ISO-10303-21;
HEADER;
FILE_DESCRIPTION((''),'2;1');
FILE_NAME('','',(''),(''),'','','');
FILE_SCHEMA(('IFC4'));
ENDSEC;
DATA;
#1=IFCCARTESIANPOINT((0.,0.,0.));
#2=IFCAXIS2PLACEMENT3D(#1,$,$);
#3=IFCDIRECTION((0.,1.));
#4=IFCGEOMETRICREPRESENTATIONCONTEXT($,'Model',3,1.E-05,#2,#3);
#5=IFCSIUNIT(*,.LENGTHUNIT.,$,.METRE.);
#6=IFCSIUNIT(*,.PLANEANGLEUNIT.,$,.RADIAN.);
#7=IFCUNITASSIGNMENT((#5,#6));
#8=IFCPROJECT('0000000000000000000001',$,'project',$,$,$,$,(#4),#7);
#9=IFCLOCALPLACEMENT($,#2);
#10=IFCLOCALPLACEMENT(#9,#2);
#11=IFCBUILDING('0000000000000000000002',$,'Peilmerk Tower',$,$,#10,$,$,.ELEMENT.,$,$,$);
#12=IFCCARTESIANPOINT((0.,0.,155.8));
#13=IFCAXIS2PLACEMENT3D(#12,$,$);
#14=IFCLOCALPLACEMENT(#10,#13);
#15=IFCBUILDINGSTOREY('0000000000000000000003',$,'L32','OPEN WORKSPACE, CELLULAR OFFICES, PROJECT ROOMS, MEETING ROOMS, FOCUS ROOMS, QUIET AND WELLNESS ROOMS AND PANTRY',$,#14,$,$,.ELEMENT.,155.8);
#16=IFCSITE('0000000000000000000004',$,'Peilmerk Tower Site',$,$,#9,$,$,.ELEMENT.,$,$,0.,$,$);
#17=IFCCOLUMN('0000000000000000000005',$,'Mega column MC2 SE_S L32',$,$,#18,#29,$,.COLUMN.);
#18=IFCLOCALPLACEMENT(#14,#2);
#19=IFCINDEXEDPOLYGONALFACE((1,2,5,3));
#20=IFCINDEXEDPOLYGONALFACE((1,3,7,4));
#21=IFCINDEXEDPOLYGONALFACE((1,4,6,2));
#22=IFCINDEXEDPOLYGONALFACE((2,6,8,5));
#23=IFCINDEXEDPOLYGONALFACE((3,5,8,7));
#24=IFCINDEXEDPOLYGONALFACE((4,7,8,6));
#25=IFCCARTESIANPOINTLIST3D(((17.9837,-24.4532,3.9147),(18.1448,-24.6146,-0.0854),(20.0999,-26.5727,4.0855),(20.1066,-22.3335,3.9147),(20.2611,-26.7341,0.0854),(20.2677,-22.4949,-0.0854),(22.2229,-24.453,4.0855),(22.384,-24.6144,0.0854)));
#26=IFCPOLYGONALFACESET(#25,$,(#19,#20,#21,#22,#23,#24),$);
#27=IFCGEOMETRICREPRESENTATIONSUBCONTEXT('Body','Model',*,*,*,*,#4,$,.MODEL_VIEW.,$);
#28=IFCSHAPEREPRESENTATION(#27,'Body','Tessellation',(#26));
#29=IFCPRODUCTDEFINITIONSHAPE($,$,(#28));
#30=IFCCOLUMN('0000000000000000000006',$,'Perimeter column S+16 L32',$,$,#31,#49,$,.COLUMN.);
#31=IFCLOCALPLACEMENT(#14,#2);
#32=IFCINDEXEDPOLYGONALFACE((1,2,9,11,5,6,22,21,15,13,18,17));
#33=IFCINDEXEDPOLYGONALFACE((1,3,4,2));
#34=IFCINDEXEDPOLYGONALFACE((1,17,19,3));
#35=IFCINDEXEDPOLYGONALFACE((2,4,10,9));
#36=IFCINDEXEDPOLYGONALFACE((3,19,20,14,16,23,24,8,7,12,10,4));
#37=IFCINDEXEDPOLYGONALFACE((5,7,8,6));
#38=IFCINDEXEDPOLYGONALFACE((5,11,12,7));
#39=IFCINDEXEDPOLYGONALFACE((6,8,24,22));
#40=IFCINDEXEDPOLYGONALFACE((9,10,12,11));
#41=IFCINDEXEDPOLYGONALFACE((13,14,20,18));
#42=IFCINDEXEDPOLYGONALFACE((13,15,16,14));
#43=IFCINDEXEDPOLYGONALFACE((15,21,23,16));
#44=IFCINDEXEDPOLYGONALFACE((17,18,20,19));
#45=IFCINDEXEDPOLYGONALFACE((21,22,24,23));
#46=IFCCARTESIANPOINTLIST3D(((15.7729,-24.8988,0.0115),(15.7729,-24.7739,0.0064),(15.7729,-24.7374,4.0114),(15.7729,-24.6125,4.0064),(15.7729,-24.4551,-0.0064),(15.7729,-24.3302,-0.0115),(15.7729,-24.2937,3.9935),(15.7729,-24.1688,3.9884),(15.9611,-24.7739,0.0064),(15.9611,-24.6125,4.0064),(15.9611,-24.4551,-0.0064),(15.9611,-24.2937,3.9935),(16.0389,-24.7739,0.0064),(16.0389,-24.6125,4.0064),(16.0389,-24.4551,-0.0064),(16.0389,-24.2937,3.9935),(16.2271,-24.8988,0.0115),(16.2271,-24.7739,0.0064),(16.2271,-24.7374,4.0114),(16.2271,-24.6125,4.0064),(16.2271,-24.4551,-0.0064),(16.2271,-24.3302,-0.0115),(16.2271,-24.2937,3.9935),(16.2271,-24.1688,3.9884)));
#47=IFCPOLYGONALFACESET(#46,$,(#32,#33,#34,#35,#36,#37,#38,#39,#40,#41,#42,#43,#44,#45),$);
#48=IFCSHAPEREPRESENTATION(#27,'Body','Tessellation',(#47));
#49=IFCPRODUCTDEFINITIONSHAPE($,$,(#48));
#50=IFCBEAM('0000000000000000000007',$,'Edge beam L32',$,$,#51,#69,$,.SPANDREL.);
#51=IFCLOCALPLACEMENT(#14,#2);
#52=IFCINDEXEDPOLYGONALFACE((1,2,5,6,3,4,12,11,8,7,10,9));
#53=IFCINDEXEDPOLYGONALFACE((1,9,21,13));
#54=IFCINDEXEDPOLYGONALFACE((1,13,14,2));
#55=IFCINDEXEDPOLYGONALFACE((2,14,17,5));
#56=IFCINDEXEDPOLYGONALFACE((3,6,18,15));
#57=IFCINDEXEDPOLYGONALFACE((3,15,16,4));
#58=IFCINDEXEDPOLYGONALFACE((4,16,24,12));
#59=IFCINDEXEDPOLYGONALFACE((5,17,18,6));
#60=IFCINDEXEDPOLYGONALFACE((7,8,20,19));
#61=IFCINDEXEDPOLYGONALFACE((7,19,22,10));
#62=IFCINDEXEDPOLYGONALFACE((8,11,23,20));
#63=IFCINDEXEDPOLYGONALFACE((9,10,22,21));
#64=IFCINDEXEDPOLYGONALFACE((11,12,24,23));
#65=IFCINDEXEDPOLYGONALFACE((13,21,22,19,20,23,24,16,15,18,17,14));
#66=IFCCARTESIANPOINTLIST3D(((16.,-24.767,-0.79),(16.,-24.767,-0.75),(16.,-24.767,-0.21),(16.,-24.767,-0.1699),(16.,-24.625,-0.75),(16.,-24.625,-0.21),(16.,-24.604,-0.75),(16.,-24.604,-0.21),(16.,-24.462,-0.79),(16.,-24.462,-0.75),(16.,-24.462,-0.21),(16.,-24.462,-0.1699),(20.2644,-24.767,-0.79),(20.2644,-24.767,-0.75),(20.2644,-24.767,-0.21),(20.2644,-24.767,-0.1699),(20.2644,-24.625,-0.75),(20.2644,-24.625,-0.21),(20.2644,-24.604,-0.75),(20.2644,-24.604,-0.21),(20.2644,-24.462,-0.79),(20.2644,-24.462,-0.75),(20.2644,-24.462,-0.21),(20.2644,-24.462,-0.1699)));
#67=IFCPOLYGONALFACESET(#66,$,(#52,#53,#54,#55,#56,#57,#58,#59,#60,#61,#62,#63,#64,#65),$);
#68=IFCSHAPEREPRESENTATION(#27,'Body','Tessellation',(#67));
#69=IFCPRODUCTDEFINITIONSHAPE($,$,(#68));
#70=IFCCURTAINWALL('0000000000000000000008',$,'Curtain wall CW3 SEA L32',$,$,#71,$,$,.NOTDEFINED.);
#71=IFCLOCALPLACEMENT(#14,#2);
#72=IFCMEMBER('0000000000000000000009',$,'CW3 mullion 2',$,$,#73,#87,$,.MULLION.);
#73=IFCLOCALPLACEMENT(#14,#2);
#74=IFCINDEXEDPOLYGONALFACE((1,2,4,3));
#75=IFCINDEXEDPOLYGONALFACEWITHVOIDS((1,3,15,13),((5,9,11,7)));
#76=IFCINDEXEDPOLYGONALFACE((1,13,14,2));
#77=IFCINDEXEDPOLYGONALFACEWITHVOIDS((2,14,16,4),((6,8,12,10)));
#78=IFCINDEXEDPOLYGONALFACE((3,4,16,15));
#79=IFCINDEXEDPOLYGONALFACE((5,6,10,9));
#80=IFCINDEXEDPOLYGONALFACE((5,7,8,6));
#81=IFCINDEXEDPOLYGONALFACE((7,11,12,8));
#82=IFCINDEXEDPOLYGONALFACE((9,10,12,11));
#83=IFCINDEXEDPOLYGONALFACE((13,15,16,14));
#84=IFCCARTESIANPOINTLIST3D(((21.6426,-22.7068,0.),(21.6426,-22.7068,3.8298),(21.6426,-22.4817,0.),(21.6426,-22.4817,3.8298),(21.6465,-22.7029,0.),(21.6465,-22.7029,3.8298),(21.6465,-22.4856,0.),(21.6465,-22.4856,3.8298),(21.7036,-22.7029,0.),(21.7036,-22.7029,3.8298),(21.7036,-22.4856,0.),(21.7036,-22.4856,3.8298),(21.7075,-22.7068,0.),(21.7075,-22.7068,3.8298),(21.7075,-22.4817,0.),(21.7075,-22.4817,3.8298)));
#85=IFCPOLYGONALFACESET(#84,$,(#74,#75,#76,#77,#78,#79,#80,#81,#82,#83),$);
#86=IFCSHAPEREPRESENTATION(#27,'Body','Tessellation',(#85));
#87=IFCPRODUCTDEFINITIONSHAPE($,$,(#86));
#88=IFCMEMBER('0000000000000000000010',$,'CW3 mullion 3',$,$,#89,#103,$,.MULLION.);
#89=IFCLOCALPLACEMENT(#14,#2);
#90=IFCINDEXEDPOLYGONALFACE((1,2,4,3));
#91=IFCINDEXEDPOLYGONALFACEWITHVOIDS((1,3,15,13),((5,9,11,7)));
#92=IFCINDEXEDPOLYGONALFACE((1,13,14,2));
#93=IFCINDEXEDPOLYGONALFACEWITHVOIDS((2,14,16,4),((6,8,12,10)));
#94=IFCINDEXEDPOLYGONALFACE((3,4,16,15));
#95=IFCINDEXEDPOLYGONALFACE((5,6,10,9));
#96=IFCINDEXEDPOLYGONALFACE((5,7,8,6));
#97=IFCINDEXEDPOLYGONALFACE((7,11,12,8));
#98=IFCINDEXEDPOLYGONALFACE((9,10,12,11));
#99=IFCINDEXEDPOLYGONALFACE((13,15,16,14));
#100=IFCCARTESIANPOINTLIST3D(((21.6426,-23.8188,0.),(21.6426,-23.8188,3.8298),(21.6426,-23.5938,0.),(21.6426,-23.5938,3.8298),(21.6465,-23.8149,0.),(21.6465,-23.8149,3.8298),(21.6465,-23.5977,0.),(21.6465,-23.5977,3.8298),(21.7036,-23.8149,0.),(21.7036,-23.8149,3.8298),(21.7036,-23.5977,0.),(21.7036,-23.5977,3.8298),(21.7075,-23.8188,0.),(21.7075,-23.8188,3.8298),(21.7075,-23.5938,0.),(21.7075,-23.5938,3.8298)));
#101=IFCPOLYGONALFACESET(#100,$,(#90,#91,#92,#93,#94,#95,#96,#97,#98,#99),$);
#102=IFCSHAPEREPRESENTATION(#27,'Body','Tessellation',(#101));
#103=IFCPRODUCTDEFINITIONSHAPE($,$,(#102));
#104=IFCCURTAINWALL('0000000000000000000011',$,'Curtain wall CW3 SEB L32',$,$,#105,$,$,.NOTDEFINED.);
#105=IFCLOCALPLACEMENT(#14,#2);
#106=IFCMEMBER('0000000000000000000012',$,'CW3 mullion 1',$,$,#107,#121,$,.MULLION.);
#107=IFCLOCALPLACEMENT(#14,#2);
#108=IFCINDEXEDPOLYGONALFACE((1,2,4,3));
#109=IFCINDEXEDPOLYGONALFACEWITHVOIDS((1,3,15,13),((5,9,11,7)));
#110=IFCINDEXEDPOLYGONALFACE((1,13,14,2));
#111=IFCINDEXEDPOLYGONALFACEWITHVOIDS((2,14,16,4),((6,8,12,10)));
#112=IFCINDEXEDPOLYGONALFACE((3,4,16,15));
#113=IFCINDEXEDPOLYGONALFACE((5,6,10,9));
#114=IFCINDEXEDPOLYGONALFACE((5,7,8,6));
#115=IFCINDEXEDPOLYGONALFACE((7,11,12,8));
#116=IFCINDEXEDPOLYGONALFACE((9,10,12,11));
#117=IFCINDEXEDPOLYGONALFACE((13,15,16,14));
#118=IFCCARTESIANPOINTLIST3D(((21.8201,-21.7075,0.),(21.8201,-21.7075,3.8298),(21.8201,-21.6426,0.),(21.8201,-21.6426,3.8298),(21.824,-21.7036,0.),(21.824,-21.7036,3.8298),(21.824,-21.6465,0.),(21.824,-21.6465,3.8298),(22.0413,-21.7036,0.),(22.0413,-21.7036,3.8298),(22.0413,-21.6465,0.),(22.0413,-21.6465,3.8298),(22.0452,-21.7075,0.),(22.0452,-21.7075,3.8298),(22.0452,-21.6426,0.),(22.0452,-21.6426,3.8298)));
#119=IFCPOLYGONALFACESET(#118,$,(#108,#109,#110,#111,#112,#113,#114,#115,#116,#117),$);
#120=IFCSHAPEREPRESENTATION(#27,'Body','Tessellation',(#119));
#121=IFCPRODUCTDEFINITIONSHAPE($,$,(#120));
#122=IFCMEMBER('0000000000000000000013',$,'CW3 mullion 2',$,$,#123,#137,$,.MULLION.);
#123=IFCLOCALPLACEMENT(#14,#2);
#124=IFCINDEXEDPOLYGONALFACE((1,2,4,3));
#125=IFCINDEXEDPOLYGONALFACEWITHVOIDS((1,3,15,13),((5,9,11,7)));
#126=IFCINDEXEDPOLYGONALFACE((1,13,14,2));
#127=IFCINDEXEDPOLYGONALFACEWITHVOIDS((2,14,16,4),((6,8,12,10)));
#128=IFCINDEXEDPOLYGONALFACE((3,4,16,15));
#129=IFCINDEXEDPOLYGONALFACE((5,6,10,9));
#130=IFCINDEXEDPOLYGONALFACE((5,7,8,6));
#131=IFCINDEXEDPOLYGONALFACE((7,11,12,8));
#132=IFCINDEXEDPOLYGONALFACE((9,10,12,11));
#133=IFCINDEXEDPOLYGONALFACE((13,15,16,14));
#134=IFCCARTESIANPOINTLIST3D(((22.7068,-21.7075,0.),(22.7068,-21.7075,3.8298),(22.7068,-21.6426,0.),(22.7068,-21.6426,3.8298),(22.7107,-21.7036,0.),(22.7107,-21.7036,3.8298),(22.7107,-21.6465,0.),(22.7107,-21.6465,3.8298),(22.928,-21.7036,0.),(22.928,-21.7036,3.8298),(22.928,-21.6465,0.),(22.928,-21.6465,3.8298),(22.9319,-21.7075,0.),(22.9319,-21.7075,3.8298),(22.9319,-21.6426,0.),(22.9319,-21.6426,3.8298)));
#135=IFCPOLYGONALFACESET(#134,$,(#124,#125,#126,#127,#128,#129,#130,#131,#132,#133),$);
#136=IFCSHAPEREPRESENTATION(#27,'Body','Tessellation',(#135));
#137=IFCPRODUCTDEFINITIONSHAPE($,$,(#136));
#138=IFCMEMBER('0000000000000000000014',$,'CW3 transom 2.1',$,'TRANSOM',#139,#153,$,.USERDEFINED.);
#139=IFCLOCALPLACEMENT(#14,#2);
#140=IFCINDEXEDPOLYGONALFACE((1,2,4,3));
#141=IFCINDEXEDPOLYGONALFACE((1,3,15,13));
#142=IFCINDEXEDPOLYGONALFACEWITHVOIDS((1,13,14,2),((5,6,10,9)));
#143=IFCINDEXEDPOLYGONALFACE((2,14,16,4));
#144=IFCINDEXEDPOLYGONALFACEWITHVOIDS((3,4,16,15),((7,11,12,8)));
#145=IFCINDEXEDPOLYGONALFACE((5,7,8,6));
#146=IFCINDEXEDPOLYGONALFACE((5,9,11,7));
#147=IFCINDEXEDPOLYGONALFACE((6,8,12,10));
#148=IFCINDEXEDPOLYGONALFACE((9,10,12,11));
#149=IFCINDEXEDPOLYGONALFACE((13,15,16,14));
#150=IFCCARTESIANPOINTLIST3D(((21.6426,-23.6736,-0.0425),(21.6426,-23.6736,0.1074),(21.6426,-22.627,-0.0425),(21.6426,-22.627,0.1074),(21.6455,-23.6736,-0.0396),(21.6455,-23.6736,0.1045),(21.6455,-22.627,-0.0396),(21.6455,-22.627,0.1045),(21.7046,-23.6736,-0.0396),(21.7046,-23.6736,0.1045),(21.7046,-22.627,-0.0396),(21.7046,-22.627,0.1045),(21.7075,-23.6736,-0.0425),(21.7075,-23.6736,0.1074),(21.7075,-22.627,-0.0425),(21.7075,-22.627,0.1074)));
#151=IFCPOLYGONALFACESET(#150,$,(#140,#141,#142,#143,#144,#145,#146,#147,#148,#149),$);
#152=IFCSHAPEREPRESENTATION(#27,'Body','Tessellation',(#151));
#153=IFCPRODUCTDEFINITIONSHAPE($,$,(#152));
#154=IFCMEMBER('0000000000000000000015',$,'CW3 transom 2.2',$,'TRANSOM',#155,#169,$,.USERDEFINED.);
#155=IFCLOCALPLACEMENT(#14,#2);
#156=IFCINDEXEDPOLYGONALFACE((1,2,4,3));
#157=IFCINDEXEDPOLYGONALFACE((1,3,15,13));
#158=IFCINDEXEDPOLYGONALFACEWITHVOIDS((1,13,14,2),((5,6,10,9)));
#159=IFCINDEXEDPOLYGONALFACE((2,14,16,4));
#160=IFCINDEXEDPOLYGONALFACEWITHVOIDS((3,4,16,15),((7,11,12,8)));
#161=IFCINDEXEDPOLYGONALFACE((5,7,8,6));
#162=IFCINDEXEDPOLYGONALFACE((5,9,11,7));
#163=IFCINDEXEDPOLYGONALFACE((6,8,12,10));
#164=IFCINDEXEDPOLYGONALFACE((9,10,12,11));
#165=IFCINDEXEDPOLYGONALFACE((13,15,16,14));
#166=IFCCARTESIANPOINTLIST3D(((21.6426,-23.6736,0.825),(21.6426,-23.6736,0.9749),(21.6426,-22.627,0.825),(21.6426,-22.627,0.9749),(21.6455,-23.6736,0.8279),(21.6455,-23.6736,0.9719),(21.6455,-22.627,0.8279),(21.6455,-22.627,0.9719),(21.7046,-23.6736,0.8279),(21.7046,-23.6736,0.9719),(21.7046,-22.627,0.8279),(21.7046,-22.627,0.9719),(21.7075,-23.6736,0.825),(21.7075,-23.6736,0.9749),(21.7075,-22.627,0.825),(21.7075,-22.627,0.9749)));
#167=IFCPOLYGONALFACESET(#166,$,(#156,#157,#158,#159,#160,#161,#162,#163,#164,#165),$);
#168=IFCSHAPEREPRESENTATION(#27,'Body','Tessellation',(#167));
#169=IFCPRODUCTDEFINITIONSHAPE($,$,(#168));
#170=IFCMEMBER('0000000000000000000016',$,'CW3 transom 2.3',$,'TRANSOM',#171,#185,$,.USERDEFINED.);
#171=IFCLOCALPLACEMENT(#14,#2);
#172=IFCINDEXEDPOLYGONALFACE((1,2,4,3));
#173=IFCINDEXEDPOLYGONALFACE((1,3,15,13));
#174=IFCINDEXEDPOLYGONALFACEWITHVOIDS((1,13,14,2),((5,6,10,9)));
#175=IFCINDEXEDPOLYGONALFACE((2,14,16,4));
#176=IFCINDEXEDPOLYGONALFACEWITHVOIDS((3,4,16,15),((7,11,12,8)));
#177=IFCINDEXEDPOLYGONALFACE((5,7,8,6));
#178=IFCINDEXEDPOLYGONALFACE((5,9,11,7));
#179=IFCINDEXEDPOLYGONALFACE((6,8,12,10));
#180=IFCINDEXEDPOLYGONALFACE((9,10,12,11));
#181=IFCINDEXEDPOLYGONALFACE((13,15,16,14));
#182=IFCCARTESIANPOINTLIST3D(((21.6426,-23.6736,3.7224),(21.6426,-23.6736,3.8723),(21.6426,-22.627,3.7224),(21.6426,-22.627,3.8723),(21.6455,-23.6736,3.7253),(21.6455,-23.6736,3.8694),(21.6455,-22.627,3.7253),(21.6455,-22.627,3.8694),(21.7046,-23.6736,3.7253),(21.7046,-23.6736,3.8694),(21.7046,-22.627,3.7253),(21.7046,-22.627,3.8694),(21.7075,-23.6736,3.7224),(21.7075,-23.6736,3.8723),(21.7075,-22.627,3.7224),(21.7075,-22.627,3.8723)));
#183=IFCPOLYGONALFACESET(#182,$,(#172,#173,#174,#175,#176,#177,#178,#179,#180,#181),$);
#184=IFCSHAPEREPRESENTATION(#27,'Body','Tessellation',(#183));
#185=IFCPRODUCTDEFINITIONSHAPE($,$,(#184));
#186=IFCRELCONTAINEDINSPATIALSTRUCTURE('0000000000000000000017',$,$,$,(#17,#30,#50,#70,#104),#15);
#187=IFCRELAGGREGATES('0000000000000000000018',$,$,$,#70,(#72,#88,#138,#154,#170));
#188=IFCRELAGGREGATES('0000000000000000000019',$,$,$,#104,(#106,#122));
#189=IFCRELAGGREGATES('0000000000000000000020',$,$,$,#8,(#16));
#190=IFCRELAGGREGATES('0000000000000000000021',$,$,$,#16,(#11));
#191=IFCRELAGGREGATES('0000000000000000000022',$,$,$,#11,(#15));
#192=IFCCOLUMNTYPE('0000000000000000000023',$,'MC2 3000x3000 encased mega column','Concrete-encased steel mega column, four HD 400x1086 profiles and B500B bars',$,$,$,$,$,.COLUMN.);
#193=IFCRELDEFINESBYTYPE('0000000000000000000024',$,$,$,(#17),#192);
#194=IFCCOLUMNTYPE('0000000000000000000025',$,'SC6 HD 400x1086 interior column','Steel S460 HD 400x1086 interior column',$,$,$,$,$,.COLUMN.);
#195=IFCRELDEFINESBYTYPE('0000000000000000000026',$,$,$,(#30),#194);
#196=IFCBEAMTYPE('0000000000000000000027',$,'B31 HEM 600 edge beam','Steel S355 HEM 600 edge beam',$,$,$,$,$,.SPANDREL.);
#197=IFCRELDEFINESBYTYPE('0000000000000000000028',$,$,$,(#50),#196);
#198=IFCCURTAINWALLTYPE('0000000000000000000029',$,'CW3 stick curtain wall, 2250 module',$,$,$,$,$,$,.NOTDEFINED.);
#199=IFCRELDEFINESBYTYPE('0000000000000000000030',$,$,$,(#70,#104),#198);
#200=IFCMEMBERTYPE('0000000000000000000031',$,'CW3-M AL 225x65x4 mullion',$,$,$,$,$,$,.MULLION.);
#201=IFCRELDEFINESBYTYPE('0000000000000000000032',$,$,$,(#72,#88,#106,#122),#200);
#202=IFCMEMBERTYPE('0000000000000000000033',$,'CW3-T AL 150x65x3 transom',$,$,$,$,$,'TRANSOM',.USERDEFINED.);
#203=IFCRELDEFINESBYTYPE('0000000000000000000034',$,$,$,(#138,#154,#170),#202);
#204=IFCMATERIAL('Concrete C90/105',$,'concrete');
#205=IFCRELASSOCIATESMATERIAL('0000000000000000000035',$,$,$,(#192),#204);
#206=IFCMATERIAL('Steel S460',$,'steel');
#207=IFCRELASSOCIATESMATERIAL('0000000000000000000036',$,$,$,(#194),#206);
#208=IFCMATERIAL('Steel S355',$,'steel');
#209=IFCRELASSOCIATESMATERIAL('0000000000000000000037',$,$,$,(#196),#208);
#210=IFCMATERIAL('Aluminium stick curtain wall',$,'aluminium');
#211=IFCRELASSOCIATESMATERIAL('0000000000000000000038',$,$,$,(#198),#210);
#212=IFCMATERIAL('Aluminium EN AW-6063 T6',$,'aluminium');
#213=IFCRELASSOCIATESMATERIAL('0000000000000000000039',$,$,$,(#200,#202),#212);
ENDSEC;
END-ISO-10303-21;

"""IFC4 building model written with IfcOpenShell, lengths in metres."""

from ifc_helpers import new_model, si_unit, direction, frame, origin, origin_2d, place, context, subcontext, project, spatial, rectangle, hollow_rectangle, i_section, extrude, material, material_profile, profile_set, type_object, element, aggregate, save


model = new_model("IFC4")

# Units and contexts
model_context = context("Model", 3, precision=1e-05, world=origin(), true_north=direction((0.0, 1.0)))
body_context = subcontext(model_context, "Body", "Model", "MODEL_VIEW")
ifc_project = project(units=[si_unit("LENGTHUNIT", "METRE"), si_unit("PLANEANGLEUNIT", "RADIAN")], contexts=[model_context])

# Site, building, storey
site_placement = place(None, origin())
site = spatial("IfcSite", under=ifc_project, at=site_placement, Name="Peilmerk Tower Site", CompositionType="ELEMENT", RefElevation=0.0)
building_placement = place(site_placement, origin())
building = spatial("IfcBuilding", under=site, at=building_placement, Name="Peilmerk Tower", CompositionType="ELEMENT")
storey_placement = place(building_placement, frame((0.0, 0.0, 155.8)))
storey = spatial("IfcBuildingStorey", under=building, at=storey_placement, Name="L32", Description="OPEN WORKSPACE, CELLULAR OFFICES, PROJECT ROOMS, MEETING ROOMS, FOCUS ROOMS, QUIET AND WELLNESS ROOMS AND PANTRY", CompositionType="ELEMENT", Elevation=155.8)

# Columns
ifc_material_1 = material(Name="Concrete C90/105", Category="concrete")
ifc_material_profile_1 = material_profile(ifc_material_1, rectangle(XDim=3.0, YDim=3.0, at=origin_2d()), Name="RC 3000x3000")
ifc_profile_set_1 = profile_set([ifc_material_profile_1], Name="Concrete C90/105")
column_type_1 = type_object("IfcColumnType", Name="MC2 3000x3000 encased mega column", Description="Concrete-encased steel mega column, four HD 400x1086 profiles and B500B bars", PredefinedType="COLUMN", material=ifc_profile_set_1)
column_1_placement = place(storey_placement, frame((20.2644, -24.6145, 0.0), z_axis=(-0.040218, 0.040279, 0.998379), x_axis=(-0.707642, -0.706571, 0.0)))
element("IfcColumn", 1, at=column_1_placement, inside=storey, type_object=column_type_1, Name="Mega column MC2 SE_S L32", PredefinedType="COLUMN", context=body_context, shape_type="SweptSolid", body=[
    extrude(rectangle(XDim=3.0, YDim=3.0, at=origin_2d()), origin(), (0.0, 0.0, 1.0), 4.0066),
])
ifc_material_2 = material(Name="Steel S460", Category="steel")
ifc_material_profile_2 = material_profile(ifc_material_2, i_section(OverallWidth=0.4541, OverallDepth=0.5691, WebThickness=0.0779, FlangeThickness=0.125, at=origin_2d()), Name="HD 400x1086")
ifc_profile_set_2 = profile_set([ifc_material_profile_2], Name="Steel S460")
column_type_2 = type_object("IfcColumnType", Name="SC6 HD 400x1086 interior column", Description="Steel S460 HD 400x1086 interior column", PredefinedType="COLUMN", material=ifc_profile_set_2)
column_2_placement = place(storey_placement, frame((16.0, -24.6145, 0.0), z_axis=(0.0, 0.040311, 0.999187), x_axis=(-1.0, 0.0, 0.0)))
element("IfcColumn", 2, at=column_2_placement, inside=storey, type_object=column_type_2, Name="Perimeter column S+16 L32", PredefinedType="COLUMN", context=body_context, shape_type="SweptSolid", body=[
    extrude(i_section(OverallWidth=0.4541, OverallDepth=0.5691, WebThickness=0.0779, FlangeThickness=0.125, at=origin_2d()), origin(), (0.0, 0.0, 1.0), 4.0032),
])

# Beam
ifc_material_3 = material(Name="Steel S355", Category="steel")
ifc_material_profile_3 = material_profile(ifc_material_3, i_section(OverallWidth=0.3049, OverallDepth=0.6201, WebThickness=0.021, FlangeThickness=0.04, at=origin_2d()), Name="HEM 600")
ifc_profile_set_3 = profile_set([ifc_material_profile_3], Name="Steel S355")
beam_type = type_object("IfcBeamType", Name="B31 HEM 600 edge beam", Description="Steel S355 HEM 600 edge beam", PredefinedType="SPANDREL", material=ifc_profile_set_3)
beam_placement = place(storey_placement, frame((16.0, -24.6145, -0.48), z_axis=(1.0, 0.0, 0.0), x_axis=(0.0, 1.0, 0.0)))
element("IfcBeam", 3, at=beam_placement, inside=storey, type_object=beam_type, Name="Edge beam L32", PredefinedType="SPANDREL", context=body_context, shape_type="SweptSolid", body=[
    extrude(i_section(OverallWidth=0.3049, OverallDepth=0.6201, WebThickness=0.021, FlangeThickness=0.04, at=origin_2d()), origin(), (0.0, 0.0, 1.0), 4.2644),
])

# Curtain walls, members
ifc_material_4 = material(Name="Aluminium stick curtain wall", Category="aluminium")
curtain_wall_type = type_object("IfcCurtainWallType", Name="CW3 stick curtain wall, 2250 module", PredefinedType="NOTDEFINED", material=ifc_material_4)
curtain_wall_1_placement = place(storey_placement, origin())
curtain_wall_1 = element("IfcCurtainWall", 4, at=curtain_wall_1_placement, inside=storey, type_object=curtain_wall_type, Name="Curtain wall CW3 SEA L32", PredefinedType="NOTDEFINED")
ifc_material_5 = material(Name="Aluminium EN AW-6063 T6", Category="aluminium")
ifc_material_profile_4 = material_profile(ifc_material_5, hollow_rectangle(XDim=0.0649, YDim=0.2251, WallThickness=0.0039, at=origin_2d()), Name="AL 225x65x4")
ifc_profile_set_4 = profile_set([ifc_material_profile_4], Name="Aluminium EN AW-6063 T6")
member_type_1 = type_object("IfcMemberType", Name="CW3-M AL 225x65x4 mullion", PredefinedType="MULLION", material=ifc_profile_set_4)
member_1_placement = place(storey_placement, frame((21.675, -22.5942, 0.0), z_axis=(0.0, 0.0, 1.0), x_axis=(1.0, 0.0, 0.0)))
member_1 = element("IfcMember", 5, at=member_1_placement, type_object=member_type_1, Name="CW3 mullion 2", PredefinedType="MULLION", context=body_context, shape_type="SweptSolid", body=[
    extrude(hollow_rectangle(XDim=0.0649, YDim=0.2251, WallThickness=0.0039, at=origin_2d()), origin(), (0.0, 0.0, 1.0), 3.8298),
])
member_2_placement = place(storey_placement, frame((21.675, -23.7063, 0.0), z_axis=(0.0, 0.0, 1.0), x_axis=(1.0, 0.0, 0.0)))
member_2 = element("IfcMember", 6, at=member_2_placement, type_object=member_type_1, Name="CW3 mullion 3", PredefinedType="MULLION", context=body_context, shape_type="SweptSolid", body=[
    extrude(hollow_rectangle(XDim=0.0649, YDim=0.2251, WallThickness=0.0039, at=origin_2d()), origin(), (0.0, 0.0, 1.0), 3.8298),
])
curtain_wall_2_placement = place(storey_placement, origin())
curtain_wall_2 = element("IfcCurtainWall", 7, at=curtain_wall_2_placement, inside=storey, type_object=curtain_wall_type, Name="Curtain wall CW3 SEB L32", PredefinedType="NOTDEFINED")
member_3_placement = place(storey_placement, frame((21.9326, -21.675, 0.0), z_axis=(0.0, 0.0, 1.0), x_axis=(0.0, 1.0, 0.0)))
member_3 = element("IfcMember", 8, at=member_3_placement, type_object=member_type_1, Name="CW3 mullion 1", PredefinedType="MULLION", context=body_context, shape_type="SweptSolid", body=[
    extrude(hollow_rectangle(XDim=0.0649, YDim=0.2251, WallThickness=0.0039, at=origin_2d()), origin(), (0.0, 0.0, 1.0), 3.8298),
])
member_4_placement = place(storey_placement, frame((22.8193, -21.675, 0.0), z_axis=(0.0, 0.0, 1.0), x_axis=(0.0, 1.0, 0.0)))
member_4 = element("IfcMember", 9, at=member_4_placement, type_object=member_type_1, Name="CW3 mullion 2", PredefinedType="MULLION", context=body_context, shape_type="SweptSolid", body=[
    extrude(hollow_rectangle(XDim=0.0649, YDim=0.2251, WallThickness=0.0039, at=origin_2d()), origin(), (0.0, 0.0, 1.0), 3.8298),
])

# Members
ifc_material_profile_5 = material_profile(ifc_material_5, hollow_rectangle(XDim=0.0649, YDim=0.1499, WallThickness=0.0029, at=origin_2d()), Name="AL 150x65x3")
ifc_profile_set_5 = profile_set([ifc_material_profile_5], Name="Aluminium EN AW-6063 T6")
member_type_2 = type_object("IfcMemberType", Name="CW3-T AL 150x65x3 transom", ElementType="TRANSOM", PredefinedType="USERDEFINED", material=ifc_profile_set_5)
member_5_placement = place(storey_placement, frame((21.675, -22.627, 0.0325), z_axis=(0.0, -1.0, 0.0), x_axis=(1.0, 0.0, 0.0)))
member_5 = element("IfcMember", 10, at=member_5_placement, type_object=member_type_2, Name="CW3 transom 2.1", ObjectType="TRANSOM", PredefinedType="USERDEFINED", context=body_context, shape_type="SweptSolid", body=[
    extrude(hollow_rectangle(XDim=0.0649, YDim=0.1499, WallThickness=0.0029, at=origin_2d()), origin(), (0.0, 0.0, 1.0), 1.0466),
])
member_6_placement = place(storey_placement, frame((21.675, -22.627, 0.8999), z_axis=(0.0, -1.0, 0.0), x_axis=(1.0, 0.0, 0.0)))
member_6 = element("IfcMember", 11, at=member_6_placement, type_object=member_type_2, Name="CW3 transom 2.2", ObjectType="TRANSOM", PredefinedType="USERDEFINED", context=body_context, shape_type="SweptSolid", body=[
    extrude(hollow_rectangle(XDim=0.0649, YDim=0.1499, WallThickness=0.0029, at=origin_2d()), origin(), (0.0, 0.0, 1.0), 1.0466),
])
member_7_placement = place(storey_placement, frame((21.675, -22.627, 3.7974), z_axis=(0.0, -1.0, 0.0), x_axis=(1.0, 0.0, 0.0)))
member_7 = element("IfcMember", 12, at=member_7_placement, type_object=member_type_2, Name="CW3 transom 2.3", ObjectType="TRANSOM", PredefinedType="USERDEFINED", context=body_context, shape_type="SweptSolid", body=[
    extrude(hollow_rectangle(XDim=0.0649, YDim=0.1499, WallThickness=0.0029, at=origin_2d()), origin(), (0.0, 0.0, 1.0), 1.0466),
])

aggregate(curtain_wall_1, [member_1, member_2, member_5, member_6, member_7])
aggregate(curtain_wall_2, [member_3, member_4])

save(model, "model.ifc")
